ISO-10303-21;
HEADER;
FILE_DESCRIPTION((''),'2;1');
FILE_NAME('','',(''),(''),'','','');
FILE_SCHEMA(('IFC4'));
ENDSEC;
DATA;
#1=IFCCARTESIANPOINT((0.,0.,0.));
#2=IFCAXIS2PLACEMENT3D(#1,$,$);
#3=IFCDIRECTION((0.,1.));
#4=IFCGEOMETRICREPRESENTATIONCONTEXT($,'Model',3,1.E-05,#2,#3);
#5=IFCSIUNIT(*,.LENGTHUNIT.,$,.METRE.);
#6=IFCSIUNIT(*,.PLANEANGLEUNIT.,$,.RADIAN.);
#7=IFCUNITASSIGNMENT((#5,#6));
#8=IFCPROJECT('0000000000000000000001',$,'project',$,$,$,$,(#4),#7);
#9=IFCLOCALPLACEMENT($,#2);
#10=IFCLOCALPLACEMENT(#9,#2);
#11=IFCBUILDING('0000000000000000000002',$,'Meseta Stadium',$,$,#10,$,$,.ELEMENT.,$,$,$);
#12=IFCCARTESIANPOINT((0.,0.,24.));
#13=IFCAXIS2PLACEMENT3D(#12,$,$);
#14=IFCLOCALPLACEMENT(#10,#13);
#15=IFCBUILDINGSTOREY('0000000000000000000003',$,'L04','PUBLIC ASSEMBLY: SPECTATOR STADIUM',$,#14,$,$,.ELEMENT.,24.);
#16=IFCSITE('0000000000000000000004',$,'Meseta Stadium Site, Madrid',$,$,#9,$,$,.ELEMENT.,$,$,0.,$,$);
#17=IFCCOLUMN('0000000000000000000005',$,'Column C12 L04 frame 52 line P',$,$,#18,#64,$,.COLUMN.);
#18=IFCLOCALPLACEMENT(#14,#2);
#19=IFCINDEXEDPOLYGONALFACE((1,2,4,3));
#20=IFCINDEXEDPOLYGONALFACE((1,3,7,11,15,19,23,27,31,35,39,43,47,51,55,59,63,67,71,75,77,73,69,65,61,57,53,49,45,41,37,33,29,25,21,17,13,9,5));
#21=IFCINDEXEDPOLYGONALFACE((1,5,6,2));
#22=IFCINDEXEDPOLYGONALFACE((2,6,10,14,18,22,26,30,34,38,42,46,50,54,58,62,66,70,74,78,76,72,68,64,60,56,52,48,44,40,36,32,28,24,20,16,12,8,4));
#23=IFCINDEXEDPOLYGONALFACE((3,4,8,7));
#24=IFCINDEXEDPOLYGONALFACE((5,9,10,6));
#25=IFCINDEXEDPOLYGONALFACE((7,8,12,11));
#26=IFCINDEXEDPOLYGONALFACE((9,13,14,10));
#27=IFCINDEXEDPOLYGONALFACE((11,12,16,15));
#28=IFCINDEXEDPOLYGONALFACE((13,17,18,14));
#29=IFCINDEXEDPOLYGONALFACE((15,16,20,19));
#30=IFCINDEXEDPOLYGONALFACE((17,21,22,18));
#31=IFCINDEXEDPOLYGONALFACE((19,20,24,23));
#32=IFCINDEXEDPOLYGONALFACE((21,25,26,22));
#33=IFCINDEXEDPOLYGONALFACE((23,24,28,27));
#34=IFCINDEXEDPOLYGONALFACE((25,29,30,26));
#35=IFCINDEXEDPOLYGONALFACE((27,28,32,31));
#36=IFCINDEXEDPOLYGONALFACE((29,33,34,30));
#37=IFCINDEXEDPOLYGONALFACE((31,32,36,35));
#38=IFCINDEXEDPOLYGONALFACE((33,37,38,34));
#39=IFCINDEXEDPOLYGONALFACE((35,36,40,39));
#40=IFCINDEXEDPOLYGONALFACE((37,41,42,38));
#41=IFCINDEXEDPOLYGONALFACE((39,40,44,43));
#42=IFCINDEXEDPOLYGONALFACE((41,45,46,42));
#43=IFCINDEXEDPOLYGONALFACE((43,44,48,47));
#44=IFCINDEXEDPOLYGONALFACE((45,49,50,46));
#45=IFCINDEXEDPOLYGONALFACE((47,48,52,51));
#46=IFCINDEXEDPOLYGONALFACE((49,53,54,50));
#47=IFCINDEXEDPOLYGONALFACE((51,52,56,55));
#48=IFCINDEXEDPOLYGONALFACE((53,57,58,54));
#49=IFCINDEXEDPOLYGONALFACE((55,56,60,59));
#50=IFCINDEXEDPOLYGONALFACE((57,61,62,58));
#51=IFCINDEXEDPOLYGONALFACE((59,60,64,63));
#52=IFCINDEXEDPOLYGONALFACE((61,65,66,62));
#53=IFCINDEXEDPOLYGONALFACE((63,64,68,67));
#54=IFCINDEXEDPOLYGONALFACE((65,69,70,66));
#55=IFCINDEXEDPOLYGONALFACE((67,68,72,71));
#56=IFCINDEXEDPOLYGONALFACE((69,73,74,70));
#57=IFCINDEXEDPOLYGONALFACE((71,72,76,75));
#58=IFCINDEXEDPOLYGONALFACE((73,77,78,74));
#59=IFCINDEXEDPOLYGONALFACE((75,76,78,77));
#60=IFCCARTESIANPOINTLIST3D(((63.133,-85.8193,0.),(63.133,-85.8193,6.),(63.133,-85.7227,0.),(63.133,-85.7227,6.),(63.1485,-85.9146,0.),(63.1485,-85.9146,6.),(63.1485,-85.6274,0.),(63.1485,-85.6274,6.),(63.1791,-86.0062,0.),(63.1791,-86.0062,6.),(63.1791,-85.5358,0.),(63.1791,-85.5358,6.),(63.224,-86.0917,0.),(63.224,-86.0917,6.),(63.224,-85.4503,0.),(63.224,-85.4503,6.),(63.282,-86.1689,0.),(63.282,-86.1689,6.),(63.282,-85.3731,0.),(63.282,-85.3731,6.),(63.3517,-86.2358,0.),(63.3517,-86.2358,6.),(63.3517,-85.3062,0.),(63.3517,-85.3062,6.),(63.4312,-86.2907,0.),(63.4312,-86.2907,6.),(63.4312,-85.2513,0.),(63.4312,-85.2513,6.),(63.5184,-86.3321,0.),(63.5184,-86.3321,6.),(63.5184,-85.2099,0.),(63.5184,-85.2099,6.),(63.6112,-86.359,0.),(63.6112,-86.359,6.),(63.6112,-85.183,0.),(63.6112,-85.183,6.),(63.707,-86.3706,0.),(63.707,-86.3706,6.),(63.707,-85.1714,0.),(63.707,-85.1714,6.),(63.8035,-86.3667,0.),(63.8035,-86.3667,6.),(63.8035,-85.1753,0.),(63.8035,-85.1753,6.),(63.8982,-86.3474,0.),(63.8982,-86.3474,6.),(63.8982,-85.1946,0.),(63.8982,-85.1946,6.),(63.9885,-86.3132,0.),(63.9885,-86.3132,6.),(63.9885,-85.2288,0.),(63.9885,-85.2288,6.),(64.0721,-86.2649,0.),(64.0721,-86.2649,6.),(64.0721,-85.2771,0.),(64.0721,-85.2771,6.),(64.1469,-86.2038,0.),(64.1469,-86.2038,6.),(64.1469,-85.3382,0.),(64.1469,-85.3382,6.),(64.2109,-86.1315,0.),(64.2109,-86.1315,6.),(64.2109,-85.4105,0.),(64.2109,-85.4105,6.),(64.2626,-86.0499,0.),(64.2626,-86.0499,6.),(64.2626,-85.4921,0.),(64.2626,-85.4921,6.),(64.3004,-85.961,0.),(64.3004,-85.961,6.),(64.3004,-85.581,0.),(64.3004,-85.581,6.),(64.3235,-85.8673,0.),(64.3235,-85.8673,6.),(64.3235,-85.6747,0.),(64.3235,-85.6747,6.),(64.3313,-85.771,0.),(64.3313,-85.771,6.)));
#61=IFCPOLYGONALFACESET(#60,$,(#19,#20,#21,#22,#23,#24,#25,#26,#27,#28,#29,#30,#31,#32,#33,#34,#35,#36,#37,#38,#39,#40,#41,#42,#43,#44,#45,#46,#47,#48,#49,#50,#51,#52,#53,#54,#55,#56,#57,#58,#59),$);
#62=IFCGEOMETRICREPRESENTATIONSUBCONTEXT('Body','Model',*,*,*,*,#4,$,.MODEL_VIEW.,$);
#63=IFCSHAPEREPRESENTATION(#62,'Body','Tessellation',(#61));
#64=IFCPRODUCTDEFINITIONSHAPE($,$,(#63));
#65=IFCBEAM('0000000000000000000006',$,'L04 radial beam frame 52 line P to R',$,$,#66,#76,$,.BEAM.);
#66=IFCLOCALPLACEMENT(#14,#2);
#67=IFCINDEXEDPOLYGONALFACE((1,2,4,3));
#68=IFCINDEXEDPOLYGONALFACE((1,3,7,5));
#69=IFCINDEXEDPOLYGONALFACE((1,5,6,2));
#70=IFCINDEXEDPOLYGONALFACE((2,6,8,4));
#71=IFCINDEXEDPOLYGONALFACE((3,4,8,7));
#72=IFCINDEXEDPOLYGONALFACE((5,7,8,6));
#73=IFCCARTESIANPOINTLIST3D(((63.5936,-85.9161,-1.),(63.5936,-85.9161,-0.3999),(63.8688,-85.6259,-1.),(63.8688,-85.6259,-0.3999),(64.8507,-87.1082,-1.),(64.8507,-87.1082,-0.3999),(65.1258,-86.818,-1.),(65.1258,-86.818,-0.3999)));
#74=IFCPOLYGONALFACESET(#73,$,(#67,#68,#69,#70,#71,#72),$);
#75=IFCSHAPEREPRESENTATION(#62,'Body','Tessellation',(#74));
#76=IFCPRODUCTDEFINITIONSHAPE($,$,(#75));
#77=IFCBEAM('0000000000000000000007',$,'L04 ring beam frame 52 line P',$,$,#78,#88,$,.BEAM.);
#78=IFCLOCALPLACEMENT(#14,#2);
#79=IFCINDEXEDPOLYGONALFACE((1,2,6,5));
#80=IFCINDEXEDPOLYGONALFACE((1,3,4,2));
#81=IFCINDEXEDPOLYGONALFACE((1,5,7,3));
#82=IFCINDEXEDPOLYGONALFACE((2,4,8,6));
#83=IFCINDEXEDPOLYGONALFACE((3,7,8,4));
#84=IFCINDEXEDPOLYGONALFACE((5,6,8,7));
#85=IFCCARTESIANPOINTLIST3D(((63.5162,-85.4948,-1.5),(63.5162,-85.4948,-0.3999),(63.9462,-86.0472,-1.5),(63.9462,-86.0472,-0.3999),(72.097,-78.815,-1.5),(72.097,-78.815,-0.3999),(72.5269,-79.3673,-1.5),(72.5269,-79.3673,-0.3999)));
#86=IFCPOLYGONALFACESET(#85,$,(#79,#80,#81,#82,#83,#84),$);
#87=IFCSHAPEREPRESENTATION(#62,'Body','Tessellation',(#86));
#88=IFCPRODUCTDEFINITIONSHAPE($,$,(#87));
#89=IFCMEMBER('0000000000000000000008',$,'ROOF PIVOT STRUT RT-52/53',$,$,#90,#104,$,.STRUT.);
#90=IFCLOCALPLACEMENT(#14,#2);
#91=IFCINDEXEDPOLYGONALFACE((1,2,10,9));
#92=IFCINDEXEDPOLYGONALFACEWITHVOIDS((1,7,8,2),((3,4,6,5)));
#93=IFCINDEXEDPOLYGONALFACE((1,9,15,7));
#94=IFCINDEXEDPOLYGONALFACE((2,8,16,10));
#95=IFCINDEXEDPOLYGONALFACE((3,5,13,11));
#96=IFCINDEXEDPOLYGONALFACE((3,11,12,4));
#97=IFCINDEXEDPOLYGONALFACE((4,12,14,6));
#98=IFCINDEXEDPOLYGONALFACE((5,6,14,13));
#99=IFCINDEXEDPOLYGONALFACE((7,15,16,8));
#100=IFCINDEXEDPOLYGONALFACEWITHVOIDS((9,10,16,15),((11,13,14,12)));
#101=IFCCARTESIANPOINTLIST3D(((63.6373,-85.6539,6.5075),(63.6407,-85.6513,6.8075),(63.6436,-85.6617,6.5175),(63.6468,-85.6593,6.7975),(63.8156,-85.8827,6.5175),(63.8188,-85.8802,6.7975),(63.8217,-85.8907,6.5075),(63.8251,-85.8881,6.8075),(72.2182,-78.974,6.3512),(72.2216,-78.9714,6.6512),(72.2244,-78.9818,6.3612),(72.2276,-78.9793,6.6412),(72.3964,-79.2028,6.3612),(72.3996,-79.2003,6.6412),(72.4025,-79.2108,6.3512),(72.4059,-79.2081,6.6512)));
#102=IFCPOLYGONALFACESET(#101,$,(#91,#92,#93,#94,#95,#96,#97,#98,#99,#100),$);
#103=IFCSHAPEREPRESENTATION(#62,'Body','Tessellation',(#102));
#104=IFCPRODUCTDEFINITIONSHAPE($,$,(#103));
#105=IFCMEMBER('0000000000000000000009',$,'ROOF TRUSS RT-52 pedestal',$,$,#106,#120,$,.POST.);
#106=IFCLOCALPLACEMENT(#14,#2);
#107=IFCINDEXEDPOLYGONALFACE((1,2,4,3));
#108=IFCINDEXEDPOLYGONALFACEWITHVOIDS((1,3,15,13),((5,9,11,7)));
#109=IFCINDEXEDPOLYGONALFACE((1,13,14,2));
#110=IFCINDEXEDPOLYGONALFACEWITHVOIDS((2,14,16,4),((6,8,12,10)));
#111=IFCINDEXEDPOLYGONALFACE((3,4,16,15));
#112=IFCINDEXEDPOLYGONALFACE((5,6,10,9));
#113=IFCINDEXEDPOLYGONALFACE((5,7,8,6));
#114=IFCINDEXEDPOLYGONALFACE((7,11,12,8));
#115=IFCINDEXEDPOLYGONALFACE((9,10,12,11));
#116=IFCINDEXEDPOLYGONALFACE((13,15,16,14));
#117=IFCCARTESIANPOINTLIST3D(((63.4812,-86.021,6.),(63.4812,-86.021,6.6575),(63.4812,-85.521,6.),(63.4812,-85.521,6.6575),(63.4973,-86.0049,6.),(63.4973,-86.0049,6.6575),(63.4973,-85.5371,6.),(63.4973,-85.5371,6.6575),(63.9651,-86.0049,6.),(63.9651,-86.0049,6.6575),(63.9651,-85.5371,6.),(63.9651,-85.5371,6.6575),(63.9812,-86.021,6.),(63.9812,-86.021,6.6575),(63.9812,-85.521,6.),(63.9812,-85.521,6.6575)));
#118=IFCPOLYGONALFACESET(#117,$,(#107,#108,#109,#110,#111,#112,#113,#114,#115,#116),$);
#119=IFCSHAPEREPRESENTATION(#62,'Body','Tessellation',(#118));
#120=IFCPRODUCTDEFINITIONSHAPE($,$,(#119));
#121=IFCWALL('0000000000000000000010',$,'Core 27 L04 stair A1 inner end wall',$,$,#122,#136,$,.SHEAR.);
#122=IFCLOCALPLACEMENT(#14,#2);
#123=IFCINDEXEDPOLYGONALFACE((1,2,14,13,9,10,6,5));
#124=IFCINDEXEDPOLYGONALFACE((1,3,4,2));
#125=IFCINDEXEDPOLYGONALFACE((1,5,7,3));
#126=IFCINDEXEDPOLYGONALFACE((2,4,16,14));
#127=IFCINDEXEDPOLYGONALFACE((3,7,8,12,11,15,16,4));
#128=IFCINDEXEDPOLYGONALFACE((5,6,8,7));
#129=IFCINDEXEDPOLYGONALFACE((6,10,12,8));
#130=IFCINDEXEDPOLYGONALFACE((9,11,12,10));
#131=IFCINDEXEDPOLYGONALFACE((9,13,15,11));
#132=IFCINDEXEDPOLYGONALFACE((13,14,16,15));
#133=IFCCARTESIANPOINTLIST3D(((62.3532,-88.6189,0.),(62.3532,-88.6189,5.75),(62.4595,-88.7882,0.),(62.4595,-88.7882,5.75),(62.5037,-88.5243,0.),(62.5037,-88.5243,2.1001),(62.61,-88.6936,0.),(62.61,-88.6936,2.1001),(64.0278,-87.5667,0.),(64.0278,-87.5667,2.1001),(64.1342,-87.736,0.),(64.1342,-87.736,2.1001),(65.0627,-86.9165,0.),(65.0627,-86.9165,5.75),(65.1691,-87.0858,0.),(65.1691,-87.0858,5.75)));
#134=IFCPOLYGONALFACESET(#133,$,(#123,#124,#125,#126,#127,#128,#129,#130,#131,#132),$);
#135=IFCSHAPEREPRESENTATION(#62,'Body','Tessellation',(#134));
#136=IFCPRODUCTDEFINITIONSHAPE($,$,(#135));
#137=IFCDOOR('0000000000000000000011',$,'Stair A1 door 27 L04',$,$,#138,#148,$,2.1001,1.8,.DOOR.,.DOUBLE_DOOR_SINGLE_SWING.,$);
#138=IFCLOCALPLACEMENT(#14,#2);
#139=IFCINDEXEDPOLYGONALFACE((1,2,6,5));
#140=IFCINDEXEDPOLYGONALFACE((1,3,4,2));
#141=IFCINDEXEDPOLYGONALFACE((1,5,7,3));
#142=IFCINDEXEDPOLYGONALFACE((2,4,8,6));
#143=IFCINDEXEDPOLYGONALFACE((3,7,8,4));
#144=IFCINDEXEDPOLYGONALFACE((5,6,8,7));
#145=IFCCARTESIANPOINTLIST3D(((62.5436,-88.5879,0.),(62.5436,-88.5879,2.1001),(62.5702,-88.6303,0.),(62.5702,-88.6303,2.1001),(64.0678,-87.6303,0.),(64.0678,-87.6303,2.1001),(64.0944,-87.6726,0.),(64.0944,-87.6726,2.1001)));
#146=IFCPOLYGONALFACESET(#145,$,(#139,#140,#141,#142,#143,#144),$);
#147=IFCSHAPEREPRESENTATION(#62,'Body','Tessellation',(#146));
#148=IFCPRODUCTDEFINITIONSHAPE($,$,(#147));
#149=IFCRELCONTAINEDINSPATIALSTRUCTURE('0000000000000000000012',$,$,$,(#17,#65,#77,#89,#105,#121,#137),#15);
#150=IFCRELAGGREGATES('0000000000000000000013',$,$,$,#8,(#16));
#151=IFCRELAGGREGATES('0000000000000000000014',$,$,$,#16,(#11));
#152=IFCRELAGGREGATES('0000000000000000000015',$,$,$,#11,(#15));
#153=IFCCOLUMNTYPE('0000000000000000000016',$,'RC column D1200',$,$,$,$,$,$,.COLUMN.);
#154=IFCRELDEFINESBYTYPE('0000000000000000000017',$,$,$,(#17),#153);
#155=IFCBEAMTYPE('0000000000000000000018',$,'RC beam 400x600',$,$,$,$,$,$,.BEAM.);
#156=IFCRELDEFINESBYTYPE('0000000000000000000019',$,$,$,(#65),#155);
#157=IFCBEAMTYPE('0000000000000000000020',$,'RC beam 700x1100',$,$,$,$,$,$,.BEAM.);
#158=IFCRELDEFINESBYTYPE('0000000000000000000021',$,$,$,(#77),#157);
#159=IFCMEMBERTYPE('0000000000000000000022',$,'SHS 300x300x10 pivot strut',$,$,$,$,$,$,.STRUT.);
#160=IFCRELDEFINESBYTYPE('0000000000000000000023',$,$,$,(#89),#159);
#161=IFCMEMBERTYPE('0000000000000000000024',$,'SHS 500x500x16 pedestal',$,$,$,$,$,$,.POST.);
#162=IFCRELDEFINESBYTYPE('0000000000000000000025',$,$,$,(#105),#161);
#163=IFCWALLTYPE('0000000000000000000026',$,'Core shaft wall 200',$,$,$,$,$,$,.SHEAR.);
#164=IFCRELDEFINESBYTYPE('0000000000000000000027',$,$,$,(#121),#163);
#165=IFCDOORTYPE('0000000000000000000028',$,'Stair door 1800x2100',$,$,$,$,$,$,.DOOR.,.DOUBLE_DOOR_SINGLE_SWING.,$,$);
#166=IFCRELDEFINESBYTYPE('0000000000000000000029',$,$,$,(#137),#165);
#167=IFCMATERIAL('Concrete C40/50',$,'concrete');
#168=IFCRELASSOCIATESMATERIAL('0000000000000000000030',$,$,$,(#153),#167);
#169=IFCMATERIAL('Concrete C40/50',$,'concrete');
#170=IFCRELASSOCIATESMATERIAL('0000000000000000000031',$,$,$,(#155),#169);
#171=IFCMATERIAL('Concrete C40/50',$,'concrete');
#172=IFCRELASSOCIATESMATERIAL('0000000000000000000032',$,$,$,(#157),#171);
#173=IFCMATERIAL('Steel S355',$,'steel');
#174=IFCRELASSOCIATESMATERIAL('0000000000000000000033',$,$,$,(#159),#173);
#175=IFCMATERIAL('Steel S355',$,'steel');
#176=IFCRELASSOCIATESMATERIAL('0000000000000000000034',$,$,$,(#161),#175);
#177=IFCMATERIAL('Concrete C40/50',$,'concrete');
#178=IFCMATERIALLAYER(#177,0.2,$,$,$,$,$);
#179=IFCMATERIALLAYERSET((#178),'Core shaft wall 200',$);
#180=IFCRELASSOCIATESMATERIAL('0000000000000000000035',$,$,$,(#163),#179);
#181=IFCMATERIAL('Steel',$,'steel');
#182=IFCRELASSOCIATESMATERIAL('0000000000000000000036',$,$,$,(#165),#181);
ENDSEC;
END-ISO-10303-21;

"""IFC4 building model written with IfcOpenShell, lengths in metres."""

from ifc_helpers import new_model, si_unit, direction, frame, frame_2d, origin, origin_2d, place, context, subcontext, project, spatial, rectangle, hollow_rectangle, circle, extrude, material, layer, layer_set, material_profile, profile_set, type_object, element, fill, save


model = new_model("IFC4")

# Units and contexts
model_context = context("Model", 3, precision=1e-05, world=origin(), true_north=direction((0.0, 1.0)))
body_context = subcontext(model_context, "Body", "Model", "MODEL_VIEW")
ifc_project = project(units=[si_unit("LENGTHUNIT", "METRE"), si_unit("PLANEANGLEUNIT", "RADIAN")], contexts=[model_context])

# Site, building, storey
site_placement = place(None, origin())
site = spatial("IfcSite", under=ifc_project, at=site_placement, Name="Meseta Stadium Site, Madrid", CompositionType="ELEMENT", RefElevation=0.0)
building_placement = place(site_placement, origin())
building = spatial("IfcBuilding", under=site, at=building_placement, Name="Meseta Stadium", CompositionType="ELEMENT")
storey_placement = place(building_placement, frame((0.0, 0.0, 24.0)))
storey = spatial("IfcBuildingStorey", under=building, at=storey_placement, Name="L04", Description="PUBLIC ASSEMBLY: SPECTATOR STADIUM", CompositionType="ELEMENT", Elevation=24.0)

# Column
ifc_material_1 = material(Name="Concrete C40/50", Category="concrete")
ifc_material_profile_1 = material_profile(ifc_material_1, circle(Radius=0.6001, at=origin_2d()), Name="RC D1200")
ifc_profile_set_1 = profile_set([ifc_material_profile_1], Name="Concrete C40/50")
column_type = type_object("IfcColumnType", Name="RC column D1200", PredefinedType="COLUMN", material=ifc_profile_set_1)
column_placement = place(storey_placement, frame((63.7312, -85.771, 0.0), z_axis=(0.0, 0.0, 1.0), x_axis=(1.0, 0.0, 0.0)))
element("IfcColumn", 1, at=column_placement, inside=storey, type_object=column_type, Name="Column C12 L04 frame 52 line P", PredefinedType="COLUMN", context=body_context, shape_type="SweptSolid", body=[
    extrude(circle(Radius=0.6001, at=origin_2d()), origin(), (0.0, 0.0, 1.0), 6.0),
])

# Beams
ifc_material_2 = material(Name="Concrete C40/50", Category="concrete")
ifc_material_profile_2 = material_profile(ifc_material_2, rectangle(XDim=0.3999, YDim=0.6001, at=origin_2d()), Name="RC 400x600")
ifc_profile_set_2 = profile_set([ifc_material_profile_2], Name="Concrete C40/50")
beam_type_1 = type_object("IfcBeamType", Name="RC beam 400x600", PredefinedType="BEAM", material=ifc_profile_set_2)
beam_1_placement = place(storey_placement, frame((63.7312, -85.771, -0.7), z_axis=(0.725601, -0.688116, 0.0), x_axis=(0.688116, 0.725601, 0.0)))
element("IfcBeam", 2, at=beam_1_placement, inside=storey, type_object=beam_type_1, Name="L04 radial beam frame 52 line P to R", PredefinedType="BEAM", context=body_context, shape_type="SweptSolid", body=[
    extrude(rectangle(XDim=0.3999, YDim=0.6001, at=origin_2d()), origin(), (0.0, 0.0, 1.0), 1.7324),
])
ifc_material_3 = material(Name="Concrete C40/50", Category="concrete")
ifc_material_profile_3 = material_profile(ifc_material_3, rectangle(XDim=0.7, YDim=1.1001, at=origin_2d()), Name="RC 700x1100")
ifc_profile_set_3 = profile_set([ifc_material_profile_3], Name="Concrete C40/50")
beam_type_2 = type_object("IfcBeamType", Name="RC beam 700x1100", PredefinedType="BEAM", material=ifc_profile_set_3)
beam_2_placement = place(storey_placement, frame((63.7312, -85.771, -0.95), z_axis=(0.789086, 0.614283, 0.0), x_axis=(-0.614283, 0.789086, 0.0)))
element("IfcBeam", 3, at=beam_2_placement, inside=storey, type_object=beam_type_2, Name="L04 ring beam frame 52 line P", PredefinedType="BEAM", context=body_context, shape_type="SweptSolid", body=[
    extrude(rectangle(XDim=0.7, YDim=1.1001, at=origin_2d()), origin(), (0.0, 0.0, 1.0), 10.8743),
])

# Members
ifc_material_4 = material(Name="Steel S355", Category="steel")
ifc_material_profile_4 = material_profile(ifc_material_4, hollow_rectangle(XDim=0.3, YDim=0.3, WallThickness=0.01, at=origin_2d()), Name="SHS 300x300x10")
ifc_profile_set_4 = profile_set([ifc_material_profile_4], Name="Steel S355")
member_type_1 = type_object("IfcMemberType", Name="SHS 300x300x10 pivot strut", PredefinedType="STRUT", material=ifc_profile_set_4)
member_1_placement = place(storey_placement, frame((63.7312, -85.771, 6.6575), z_axis=(0.789005, 0.614219, -0.014367), x_axis=(-0.614283, 0.789086, 0.0)))
element("IfcMember", 4, at=member_1_placement, inside=storey, type_object=member_type_1, Name="ROOF PIVOT STRUT RT-52/53", PredefinedType="STRUT", context=body_context, shape_type="SweptSolid", body=[
    extrude(hollow_rectangle(XDim=0.3, YDim=0.3, WallThickness=0.01, at=origin_2d()), origin(), (0.0, 0.0, 1.0), 10.8755),
])
ifc_material_5 = material(Name="Steel S355", Category="steel")
ifc_material_profile_5 = material_profile(ifc_material_5, hollow_rectangle(XDim=0.5, YDim=0.5, WallThickness=0.0161, at=origin_2d()), Name="SHS 500x500x16")
ifc_profile_set_5 = profile_set([ifc_material_profile_5], Name="Steel S355")
member_type_2 = type_object("IfcMemberType", Name="SHS 500x500x16 pedestal", PredefinedType="POST", material=ifc_profile_set_5)
member_2_placement = place(storey_placement, frame((63.7312, -85.771, 6.0), z_axis=(0.0, 0.0, 1.0), x_axis=(1.0, 0.0, 0.0)))
element("IfcMember", 5, at=member_2_placement, inside=storey, type_object=member_type_2, Name="ROOF TRUSS RT-52 pedestal", PredefinedType="POST", context=body_context, shape_type="SweptSolid", body=[
    extrude(hollow_rectangle(XDim=0.5, YDim=0.5, WallThickness=0.0161, at=origin_2d()), origin(), (0.0, 0.0, 1.0), 0.6575),
])

# Wall, opening, door
ifc_material_6 = material(Name="Concrete C40/50", Category="concrete")
ifc_layer_1 = layer(ifc_material_6, 0.2)
ifc_layer_set_1 = layer_set([ifc_layer_1], Name="Core shaft wall 200")
wall_type_1 = type_object("IfcWallType", Name="Core shaft wall 200", PredefinedType="SHEAR", material=ifc_layer_set_1)
wall_1_placement = place(storey_placement, frame((62.4062, -88.7036, 0.0), z_axis=(0.0, 0.0, 1.0), x_axis=(0.846736, 0.532014, 0.0)))
wall_1 = element("IfcWall", 6, at=wall_1_placement, inside=storey, type_object=wall_type_1, Name="Core 27 L04 stair A1 inner end wall", PredefinedType="SHEAR", context=body_context, shape_type="SweptSolid", body=[
    extrude(rectangle(XDim=3.2, YDim=0.2, at=frame_2d((1.6001, 0.0))), origin(), (0.0, 0.0, 1.0), 5.75),
])
opening_1_placement = place(wall_1_placement, frame((0.178, 0.0, 0.0)))
opening_1 = element("IfcOpeningElement", 7, at=opening_1_placement, cuts=wall_1, PredefinedType="OPENING", context=body_context, shape_type="SweptSolid", body=[
    extrude(rectangle(XDim=1.8, YDim=2.1001, at=frame_2d((0.8999, 1.05))), frame((0.0, 0.1099, 0.0), z_axis=(0.0, -1.0, 0.0), x_axis=(1.0, 0.0, 0.0)), (0.0, 0.0, 1.0), 0.22),
])
ifc_material_7 = material(Name="Steel", Category="steel")
door_type = type_object("IfcDoorType", Name="Stair door 1800x2100", OperationType="DOUBLE_DOOR_SINGLE_SWING", PredefinedType="DOOR", material=ifc_material_7)
door_1_placement = place(opening_1_placement, origin())
door_1 = element("IfcDoor", 8, at=door_1_placement, inside=storey, type_object=door_type, Name="Stair A1 door 27 L04", OperationType="DOUBLE_DOOR_SINGLE_SWING", OverallHeight=2.1001, OverallWidth=1.8, PredefinedType="DOOR", context=body_context, shape_type="SweptSolid", body=[
    extrude(rectangle(XDim=1.8, YDim=2.1001, at=frame_2d((0.8999, 1.05))), frame((0.0, 0.0249, 0.0), z_axis=(0.0, -1.0, 0.0), x_axis=(1.0, 0.0, 0.0)), (0.0, 0.0, 1.0), 0.05),
])
fill(opening_1, door_1)

save(model, "model.ifc")
